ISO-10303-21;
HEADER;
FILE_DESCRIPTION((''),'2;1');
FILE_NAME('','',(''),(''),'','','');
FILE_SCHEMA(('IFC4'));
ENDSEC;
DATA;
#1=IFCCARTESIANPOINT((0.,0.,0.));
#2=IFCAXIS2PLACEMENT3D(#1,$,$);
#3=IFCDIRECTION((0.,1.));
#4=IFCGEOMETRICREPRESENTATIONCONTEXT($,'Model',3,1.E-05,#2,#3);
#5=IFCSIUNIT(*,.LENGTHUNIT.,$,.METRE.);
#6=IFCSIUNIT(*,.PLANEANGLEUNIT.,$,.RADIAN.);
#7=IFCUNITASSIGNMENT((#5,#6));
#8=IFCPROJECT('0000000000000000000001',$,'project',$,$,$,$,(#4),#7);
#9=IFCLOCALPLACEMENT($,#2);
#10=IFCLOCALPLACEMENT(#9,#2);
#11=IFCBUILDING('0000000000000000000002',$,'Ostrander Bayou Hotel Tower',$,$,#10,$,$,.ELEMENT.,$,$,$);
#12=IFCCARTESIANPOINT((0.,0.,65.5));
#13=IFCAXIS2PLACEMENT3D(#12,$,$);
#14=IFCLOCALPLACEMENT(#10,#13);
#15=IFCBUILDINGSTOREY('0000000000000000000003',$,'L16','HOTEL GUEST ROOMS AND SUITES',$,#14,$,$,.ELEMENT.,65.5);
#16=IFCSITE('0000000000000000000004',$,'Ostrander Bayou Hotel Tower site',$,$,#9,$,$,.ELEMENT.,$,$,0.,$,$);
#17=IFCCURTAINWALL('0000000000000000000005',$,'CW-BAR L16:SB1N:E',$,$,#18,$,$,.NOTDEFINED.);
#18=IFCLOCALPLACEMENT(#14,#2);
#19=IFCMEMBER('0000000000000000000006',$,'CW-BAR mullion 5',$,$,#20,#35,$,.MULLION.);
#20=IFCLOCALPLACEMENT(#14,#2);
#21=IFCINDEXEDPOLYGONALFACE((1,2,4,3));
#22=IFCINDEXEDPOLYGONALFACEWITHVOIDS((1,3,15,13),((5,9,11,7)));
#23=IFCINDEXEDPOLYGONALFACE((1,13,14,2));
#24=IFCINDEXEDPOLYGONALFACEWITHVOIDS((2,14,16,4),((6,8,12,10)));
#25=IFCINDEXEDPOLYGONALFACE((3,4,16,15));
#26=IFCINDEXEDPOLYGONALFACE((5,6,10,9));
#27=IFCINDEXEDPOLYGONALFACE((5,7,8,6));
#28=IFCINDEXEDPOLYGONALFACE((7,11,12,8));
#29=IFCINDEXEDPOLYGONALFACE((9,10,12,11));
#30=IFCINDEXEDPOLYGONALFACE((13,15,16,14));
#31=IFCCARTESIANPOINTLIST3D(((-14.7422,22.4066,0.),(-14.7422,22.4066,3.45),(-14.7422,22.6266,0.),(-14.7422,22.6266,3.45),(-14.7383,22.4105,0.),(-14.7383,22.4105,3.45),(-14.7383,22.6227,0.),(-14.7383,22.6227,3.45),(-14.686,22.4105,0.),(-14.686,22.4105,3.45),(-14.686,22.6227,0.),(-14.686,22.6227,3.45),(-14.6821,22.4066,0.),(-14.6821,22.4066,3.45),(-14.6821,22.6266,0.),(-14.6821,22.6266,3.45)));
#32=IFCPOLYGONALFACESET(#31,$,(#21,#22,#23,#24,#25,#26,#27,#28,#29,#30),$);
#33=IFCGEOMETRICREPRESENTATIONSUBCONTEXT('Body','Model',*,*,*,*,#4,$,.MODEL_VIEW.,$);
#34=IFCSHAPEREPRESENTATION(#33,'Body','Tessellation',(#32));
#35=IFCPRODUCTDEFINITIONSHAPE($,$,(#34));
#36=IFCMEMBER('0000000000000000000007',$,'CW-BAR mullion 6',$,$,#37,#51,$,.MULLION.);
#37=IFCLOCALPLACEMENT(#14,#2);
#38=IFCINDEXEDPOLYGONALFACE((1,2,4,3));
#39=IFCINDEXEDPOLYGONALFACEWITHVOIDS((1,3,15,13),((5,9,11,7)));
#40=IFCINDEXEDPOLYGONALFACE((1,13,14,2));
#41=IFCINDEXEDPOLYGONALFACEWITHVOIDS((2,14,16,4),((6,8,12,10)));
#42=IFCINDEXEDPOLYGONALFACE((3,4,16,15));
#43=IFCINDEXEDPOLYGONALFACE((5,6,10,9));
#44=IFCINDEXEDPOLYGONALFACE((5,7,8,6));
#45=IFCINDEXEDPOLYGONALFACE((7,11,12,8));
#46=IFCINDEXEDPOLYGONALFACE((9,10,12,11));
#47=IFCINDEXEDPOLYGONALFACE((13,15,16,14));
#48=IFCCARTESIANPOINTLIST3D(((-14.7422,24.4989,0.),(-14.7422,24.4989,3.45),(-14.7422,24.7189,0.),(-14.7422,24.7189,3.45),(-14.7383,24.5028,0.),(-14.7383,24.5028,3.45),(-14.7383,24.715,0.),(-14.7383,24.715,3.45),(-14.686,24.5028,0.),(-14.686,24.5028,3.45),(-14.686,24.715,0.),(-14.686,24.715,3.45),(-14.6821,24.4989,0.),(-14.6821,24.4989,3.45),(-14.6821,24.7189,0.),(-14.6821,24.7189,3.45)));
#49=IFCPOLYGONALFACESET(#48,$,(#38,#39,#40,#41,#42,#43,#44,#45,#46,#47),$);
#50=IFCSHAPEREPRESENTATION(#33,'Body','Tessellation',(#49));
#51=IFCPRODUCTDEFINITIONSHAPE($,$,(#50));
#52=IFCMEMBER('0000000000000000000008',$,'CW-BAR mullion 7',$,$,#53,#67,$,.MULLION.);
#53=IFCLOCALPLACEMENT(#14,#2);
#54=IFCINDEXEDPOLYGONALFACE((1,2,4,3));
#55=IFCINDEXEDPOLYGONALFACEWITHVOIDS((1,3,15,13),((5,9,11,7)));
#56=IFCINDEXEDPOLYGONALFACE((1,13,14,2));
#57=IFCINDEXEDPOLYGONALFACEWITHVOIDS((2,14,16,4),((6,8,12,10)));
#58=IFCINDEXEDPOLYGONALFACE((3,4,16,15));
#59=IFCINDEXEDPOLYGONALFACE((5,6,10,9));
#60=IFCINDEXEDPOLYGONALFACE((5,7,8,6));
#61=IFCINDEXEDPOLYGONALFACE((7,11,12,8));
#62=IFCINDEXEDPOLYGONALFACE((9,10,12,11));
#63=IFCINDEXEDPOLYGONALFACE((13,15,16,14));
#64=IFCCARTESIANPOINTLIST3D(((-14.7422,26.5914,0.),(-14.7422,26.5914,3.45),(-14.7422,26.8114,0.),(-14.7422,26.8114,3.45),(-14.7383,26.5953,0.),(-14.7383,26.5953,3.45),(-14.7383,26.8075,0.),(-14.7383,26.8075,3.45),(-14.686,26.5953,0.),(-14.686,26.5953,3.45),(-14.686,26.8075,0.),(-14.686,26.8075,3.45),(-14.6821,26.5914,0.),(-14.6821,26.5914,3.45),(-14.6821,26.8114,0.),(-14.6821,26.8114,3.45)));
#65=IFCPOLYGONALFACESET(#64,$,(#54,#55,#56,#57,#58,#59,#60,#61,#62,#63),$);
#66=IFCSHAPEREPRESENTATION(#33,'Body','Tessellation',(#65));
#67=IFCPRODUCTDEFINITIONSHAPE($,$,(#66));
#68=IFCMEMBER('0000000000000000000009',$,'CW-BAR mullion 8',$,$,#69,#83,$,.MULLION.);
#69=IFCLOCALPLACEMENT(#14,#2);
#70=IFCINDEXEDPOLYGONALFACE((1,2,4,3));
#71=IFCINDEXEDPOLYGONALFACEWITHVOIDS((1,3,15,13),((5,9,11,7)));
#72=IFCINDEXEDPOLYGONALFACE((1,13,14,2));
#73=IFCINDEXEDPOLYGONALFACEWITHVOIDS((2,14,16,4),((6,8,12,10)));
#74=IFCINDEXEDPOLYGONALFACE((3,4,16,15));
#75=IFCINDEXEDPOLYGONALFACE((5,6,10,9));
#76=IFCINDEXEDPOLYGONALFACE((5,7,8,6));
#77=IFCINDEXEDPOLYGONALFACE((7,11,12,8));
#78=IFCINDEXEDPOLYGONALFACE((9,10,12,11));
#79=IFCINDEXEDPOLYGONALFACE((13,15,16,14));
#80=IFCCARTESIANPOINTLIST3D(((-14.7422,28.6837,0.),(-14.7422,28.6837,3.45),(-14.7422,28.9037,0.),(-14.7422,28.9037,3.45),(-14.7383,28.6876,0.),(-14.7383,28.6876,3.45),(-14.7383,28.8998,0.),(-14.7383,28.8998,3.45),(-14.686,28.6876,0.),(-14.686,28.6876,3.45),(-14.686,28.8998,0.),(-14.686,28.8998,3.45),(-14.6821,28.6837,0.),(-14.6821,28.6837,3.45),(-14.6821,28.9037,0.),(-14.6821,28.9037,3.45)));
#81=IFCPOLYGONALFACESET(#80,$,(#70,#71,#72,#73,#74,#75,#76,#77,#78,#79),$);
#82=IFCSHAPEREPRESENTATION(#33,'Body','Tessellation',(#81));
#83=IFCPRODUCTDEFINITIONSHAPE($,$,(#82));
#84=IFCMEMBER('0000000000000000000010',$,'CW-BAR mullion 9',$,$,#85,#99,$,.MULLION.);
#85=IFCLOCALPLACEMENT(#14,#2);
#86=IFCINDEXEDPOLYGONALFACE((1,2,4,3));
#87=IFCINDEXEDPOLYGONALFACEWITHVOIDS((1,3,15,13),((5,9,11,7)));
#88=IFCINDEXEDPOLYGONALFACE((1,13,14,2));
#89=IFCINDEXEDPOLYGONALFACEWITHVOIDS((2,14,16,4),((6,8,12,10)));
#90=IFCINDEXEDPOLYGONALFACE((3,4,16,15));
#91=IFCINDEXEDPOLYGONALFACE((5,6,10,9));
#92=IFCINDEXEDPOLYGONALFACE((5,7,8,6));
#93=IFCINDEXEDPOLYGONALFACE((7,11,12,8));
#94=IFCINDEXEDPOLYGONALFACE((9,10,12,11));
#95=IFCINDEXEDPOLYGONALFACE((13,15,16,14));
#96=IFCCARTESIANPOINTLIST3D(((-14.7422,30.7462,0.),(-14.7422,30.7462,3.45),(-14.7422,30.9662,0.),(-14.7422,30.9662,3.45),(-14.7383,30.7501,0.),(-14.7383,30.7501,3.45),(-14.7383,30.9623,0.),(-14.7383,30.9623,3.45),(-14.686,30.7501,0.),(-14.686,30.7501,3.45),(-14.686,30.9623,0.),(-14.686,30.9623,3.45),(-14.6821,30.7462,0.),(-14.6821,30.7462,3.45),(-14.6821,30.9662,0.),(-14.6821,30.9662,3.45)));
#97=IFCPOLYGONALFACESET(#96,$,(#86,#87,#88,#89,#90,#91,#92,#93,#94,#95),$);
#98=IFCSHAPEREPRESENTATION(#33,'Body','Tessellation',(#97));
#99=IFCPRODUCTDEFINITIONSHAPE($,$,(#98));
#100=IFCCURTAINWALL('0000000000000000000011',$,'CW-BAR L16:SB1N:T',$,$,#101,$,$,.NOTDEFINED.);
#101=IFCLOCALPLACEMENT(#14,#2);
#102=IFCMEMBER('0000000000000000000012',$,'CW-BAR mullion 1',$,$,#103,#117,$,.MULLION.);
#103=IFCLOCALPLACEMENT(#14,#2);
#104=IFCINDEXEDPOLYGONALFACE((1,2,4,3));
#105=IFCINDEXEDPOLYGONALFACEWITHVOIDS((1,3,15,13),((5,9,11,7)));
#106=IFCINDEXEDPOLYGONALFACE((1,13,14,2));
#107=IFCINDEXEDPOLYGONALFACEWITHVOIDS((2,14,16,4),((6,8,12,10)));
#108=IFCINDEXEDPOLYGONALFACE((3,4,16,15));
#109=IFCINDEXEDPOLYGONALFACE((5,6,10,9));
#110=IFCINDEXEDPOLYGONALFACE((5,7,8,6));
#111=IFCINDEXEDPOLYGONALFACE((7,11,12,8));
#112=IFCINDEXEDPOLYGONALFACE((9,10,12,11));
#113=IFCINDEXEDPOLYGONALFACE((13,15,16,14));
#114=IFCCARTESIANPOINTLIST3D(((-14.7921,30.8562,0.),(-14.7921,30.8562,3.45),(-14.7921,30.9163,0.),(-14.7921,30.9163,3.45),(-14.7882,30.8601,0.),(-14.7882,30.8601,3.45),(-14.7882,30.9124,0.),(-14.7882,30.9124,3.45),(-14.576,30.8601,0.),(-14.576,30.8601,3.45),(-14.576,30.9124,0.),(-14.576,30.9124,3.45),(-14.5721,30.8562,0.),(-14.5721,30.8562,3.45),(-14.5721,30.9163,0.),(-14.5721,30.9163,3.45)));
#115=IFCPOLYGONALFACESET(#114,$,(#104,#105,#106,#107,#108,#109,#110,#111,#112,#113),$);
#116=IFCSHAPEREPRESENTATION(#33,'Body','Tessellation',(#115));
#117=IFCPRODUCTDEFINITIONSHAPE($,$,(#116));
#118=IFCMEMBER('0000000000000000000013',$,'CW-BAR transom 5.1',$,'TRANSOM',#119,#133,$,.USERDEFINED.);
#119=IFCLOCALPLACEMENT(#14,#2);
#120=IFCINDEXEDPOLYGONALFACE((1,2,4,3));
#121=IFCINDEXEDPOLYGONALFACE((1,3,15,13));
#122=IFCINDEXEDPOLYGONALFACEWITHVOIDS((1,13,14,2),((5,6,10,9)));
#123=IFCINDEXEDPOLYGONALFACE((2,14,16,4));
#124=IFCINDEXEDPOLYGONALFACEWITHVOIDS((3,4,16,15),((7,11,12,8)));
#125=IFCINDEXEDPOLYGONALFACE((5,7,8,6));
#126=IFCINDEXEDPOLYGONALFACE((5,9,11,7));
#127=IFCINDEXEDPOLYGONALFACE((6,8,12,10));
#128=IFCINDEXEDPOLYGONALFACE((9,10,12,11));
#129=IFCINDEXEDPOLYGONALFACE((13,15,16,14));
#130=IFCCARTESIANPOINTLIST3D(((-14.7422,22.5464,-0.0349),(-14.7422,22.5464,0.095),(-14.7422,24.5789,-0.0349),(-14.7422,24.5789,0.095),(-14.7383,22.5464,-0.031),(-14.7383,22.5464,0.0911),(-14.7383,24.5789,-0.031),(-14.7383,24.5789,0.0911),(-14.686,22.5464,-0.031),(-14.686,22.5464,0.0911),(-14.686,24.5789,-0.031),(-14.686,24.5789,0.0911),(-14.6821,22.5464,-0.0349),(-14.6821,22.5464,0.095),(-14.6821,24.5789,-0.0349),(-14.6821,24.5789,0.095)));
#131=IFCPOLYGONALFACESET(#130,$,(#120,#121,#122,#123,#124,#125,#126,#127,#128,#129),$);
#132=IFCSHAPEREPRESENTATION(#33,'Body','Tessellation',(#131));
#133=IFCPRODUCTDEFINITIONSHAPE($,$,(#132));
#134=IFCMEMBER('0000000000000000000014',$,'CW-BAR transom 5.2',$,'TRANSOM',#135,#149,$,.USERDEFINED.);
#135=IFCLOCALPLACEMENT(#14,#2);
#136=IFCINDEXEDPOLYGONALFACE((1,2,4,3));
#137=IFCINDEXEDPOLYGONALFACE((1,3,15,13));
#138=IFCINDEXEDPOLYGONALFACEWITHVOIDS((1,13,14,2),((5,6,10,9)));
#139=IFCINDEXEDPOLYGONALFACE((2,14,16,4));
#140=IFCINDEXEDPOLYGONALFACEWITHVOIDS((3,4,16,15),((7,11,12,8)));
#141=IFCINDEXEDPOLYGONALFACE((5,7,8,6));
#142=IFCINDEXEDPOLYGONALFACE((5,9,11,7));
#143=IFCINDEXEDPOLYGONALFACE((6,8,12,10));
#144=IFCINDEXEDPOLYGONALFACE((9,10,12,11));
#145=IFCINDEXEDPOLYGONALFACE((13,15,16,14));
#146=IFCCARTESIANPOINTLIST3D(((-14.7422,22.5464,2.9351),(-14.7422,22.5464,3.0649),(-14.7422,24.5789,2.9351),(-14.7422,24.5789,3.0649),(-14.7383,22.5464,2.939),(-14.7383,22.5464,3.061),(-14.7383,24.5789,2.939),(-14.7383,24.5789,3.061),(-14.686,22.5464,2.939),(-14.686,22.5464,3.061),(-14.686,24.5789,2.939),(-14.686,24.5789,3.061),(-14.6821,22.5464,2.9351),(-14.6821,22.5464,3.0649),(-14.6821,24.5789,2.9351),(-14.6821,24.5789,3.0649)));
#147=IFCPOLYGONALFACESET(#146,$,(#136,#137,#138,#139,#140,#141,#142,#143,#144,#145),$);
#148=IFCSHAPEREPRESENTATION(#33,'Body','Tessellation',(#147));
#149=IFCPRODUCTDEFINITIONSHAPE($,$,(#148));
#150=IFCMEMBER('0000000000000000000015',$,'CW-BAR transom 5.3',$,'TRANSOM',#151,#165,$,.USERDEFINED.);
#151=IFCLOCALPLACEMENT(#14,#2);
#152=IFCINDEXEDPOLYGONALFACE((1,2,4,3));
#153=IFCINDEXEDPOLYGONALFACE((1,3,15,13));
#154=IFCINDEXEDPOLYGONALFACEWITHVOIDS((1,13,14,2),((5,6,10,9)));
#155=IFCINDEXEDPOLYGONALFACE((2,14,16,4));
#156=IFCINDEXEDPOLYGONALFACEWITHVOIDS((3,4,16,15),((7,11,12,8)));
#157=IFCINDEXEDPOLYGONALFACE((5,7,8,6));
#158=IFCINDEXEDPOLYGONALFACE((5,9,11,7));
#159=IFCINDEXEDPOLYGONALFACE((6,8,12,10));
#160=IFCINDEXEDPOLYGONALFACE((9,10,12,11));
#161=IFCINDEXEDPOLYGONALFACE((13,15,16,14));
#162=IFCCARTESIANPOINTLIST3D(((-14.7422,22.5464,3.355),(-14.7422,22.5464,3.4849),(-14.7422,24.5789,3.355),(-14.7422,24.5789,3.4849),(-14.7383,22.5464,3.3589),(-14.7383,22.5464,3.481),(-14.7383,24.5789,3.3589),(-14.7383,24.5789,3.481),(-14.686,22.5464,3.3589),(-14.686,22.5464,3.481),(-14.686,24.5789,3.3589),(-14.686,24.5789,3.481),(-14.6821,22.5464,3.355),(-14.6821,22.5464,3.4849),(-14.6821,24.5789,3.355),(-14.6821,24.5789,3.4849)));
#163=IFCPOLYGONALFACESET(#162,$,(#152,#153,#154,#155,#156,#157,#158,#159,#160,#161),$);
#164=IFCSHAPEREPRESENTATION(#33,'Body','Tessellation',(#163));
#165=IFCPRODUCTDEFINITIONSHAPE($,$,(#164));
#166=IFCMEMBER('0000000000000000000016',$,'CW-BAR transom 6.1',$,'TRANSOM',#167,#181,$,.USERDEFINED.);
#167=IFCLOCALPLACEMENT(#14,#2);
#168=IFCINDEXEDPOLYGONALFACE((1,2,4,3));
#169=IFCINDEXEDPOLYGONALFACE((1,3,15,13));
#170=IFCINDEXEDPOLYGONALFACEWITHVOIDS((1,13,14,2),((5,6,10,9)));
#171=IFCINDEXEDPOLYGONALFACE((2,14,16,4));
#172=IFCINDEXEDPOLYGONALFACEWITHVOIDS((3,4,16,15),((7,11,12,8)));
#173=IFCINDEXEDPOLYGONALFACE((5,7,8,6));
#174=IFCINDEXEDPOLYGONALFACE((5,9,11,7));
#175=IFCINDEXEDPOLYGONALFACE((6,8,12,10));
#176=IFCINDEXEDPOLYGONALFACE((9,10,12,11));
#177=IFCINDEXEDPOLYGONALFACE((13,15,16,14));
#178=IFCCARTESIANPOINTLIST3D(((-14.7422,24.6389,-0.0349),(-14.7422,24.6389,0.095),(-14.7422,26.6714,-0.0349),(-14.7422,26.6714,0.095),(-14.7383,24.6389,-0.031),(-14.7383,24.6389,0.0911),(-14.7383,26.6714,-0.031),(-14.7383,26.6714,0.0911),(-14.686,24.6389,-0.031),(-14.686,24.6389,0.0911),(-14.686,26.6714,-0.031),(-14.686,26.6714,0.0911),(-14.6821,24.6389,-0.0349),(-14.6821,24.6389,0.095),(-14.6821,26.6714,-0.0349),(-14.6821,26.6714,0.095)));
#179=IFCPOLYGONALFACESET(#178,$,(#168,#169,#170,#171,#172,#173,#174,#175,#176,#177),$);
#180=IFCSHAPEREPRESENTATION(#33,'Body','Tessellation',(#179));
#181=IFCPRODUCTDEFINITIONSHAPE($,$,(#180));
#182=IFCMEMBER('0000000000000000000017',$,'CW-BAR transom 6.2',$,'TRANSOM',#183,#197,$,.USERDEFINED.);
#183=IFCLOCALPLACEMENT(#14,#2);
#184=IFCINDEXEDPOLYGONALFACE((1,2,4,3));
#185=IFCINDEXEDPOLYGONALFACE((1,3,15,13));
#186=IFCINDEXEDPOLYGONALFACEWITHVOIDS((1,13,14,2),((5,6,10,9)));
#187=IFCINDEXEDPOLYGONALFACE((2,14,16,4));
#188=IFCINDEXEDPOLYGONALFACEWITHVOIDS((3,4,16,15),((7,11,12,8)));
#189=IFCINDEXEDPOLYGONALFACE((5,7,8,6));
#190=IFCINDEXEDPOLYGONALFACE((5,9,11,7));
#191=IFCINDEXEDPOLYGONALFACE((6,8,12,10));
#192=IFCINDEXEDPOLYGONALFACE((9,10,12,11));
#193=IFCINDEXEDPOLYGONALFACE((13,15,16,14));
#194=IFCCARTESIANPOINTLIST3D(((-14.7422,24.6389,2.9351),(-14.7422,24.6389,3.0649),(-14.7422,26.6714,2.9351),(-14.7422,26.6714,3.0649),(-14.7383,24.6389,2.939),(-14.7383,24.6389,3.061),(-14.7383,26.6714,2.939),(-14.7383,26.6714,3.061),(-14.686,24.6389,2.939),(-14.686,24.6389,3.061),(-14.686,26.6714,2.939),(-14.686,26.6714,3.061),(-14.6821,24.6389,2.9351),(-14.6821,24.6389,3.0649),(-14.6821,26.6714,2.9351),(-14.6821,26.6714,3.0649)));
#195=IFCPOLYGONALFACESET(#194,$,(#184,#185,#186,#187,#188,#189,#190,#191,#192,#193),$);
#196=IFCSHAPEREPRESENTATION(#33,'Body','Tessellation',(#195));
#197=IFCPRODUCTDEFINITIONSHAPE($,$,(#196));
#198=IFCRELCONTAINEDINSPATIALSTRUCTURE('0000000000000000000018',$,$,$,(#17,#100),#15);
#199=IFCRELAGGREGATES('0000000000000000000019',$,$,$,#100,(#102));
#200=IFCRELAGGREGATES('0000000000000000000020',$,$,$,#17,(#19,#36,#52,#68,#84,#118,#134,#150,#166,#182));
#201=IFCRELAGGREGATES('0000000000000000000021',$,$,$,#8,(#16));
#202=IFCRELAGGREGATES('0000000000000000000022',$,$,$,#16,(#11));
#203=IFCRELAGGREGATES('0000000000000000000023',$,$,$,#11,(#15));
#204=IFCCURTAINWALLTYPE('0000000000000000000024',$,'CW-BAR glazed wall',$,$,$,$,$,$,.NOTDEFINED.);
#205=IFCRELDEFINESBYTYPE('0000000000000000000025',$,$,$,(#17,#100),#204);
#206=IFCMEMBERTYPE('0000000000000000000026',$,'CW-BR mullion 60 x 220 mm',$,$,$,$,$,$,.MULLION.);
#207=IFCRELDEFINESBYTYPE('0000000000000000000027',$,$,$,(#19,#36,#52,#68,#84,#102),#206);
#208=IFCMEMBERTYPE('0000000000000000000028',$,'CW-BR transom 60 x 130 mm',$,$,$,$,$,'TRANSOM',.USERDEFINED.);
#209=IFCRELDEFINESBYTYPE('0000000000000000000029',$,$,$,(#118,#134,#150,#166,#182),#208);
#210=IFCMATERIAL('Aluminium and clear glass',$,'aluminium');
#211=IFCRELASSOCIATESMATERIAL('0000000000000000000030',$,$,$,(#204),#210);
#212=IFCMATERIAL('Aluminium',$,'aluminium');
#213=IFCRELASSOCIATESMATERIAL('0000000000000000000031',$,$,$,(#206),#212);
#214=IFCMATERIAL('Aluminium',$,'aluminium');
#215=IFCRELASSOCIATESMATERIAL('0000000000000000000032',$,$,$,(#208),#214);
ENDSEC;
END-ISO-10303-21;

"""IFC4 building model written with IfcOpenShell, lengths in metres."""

from ifc_helpers import new_model, si_unit, direction, frame, origin, origin_2d, place, context, subcontext, project, spatial, hollow_rectangle, extrude, material, material_profile, profile_set, type_object, element, aggregate, save


model = new_model("IFC4")

# Units and contexts
model_context = context("Model", 3, precision=1e-05, world=origin(), true_north=direction((0.0, 1.0)))
body_context = subcontext(model_context, "Body", "Model", "MODEL_VIEW")
ifc_project = project(units=[si_unit("LENGTHUNIT", "METRE"), si_unit("PLANEANGLEUNIT", "RADIAN")], contexts=[model_context])

# Site, building, storey
site_placement = place(None, origin())
site = spatial("IfcSite", under=ifc_project, at=site_placement, Name="Ostrander Bayou Hotel Tower site", CompositionType="ELEMENT", RefElevation=0.0)
building_placement = place(site_placement, origin())
building = spatial("IfcBuilding", under=site, at=building_placement, Name="Ostrander Bayou Hotel Tower", CompositionType="ELEMENT")
storey_placement = place(building_placement, frame((0.0, 0.0, 65.5)))
storey = spatial("IfcBuildingStorey", under=building, at=storey_placement, Name="L16", Description="HOTEL GUEST ROOMS AND SUITES", CompositionType="ELEMENT", Elevation=65.5)

# Curtain wall, members
ifc_material_1 = material(Name="Aluminium and clear glass", Category="aluminium")
curtain_wall_type = type_object("IfcCurtainWallType", Name="CW-BAR glazed wall", PredefinedType="NOTDEFINED", material=ifc_material_1)
curtain_wall_1_placement = place(storey_placement, origin())
curtain_wall_1 = element("IfcCurtainWall", 1, at=curtain_wall_1_placement, inside=storey, type_object=curtain_wall_type, Name="CW-BAR L16:SB1N:E", PredefinedType="NOTDEFINED")
ifc_material_2 = material(Name="Aluminium", Category="aluminium")
ifc_material_profile_1 = material_profile(ifc_material_2, hollow_rectangle(XDim=0.0601, YDim=0.22, WallThickness=0.0039, at=origin_2d()))
ifc_profile_set_1 = profile_set([ifc_material_profile_1], Name="Aluminium")
member_type_1 = type_object("IfcMemberType", Name="CW-BR mullion 60 x 220 mm", PredefinedType="MULLION", material=ifc_profile_set_1)
member_1_placement = place(storey_placement, frame((-14.7122, 22.5166, 0.0), z_axis=(0.0, 0.0, 1.0), x_axis=(-1.0, 0.0, 0.0)))
member_1 = element("IfcMember", 2, at=member_1_placement, type_object=member_type_1, Name="CW-BAR mullion 5", PredefinedType="MULLION", context=body_context, shape_type="SweptSolid", body=[
    extrude(hollow_rectangle(XDim=0.0601, YDim=0.22, WallThickness=0.0039, at=origin_2d()), origin(), (0.0, 0.0, 1.0), 3.45),
])
member_2_placement = place(storey_placement, frame((-14.7122, 24.6089, 0.0), z_axis=(0.0, 0.0, 1.0), x_axis=(-1.0, 0.0, 0.0)))
member_2 = element("IfcMember", 3, at=member_2_placement, type_object=member_type_1, Name="CW-BAR mullion 6", PredefinedType="MULLION", context=body_context, shape_type="SweptSolid", body=[
    extrude(hollow_rectangle(XDim=0.0601, YDim=0.22, WallThickness=0.0039, at=origin_2d()), origin(), (0.0, 0.0, 1.0), 3.45),
])
member_3_placement = place(storey_placement, frame((-14.7122, 26.7014, 0.0), z_axis=(0.0, 0.0, 1.0), x_axis=(-1.0, 0.0, 0.0)))
member_3 = element("IfcMember", 4, at=member_3_placement, type_object=member_type_1, Name="CW-BAR mullion 7", PredefinedType="MULLION", context=body_context, shape_type="SweptSolid", body=[
    extrude(hollow_rectangle(XDim=0.0601, YDim=0.22, WallThickness=0.0039, at=origin_2d()), origin(), (0.0, 0.0, 1.0), 3.45),
])
member_4_placement = place(storey_placement, frame((-14.7122, 28.7937, 0.0), z_axis=(0.0, 0.0, 1.0), x_axis=(-1.0, 0.0, 0.0)))
member_4 = element("IfcMember", 5, at=member_4_placement, type_object=member_type_1, Name="CW-BAR mullion 8", PredefinedType="MULLION", context=body_context, shape_type="SweptSolid", body=[
    extrude(hollow_rectangle(XDim=0.0601, YDim=0.22, WallThickness=0.0039, at=origin_2d()), origin(), (0.0, 0.0, 1.0), 3.45),
])
member_5_placement = place(storey_placement, frame((-14.7122, 30.8562, 0.0), z_axis=(0.0, 0.0, 1.0), x_axis=(-1.0, 0.0, 0.0)))
member_5 = element("IfcMember", 6, at=member_5_placement, type_object=member_type_1, Name="CW-BAR mullion 9", PredefinedType="MULLION", context=body_context, shape_type="SweptSolid", body=[
    extrude(hollow_rectangle(XDim=0.0601, YDim=0.22, WallThickness=0.0039, at=origin_2d()), origin(), (0.0, 0.0, 1.0), 3.45),
])

# Curtain wall, member
curtain_wall_2_placement = place(storey_placement, origin())
curtain_wall_2 = element("IfcCurtainWall", 7, at=curtain_wall_2_placement, inside=storey, type_object=curtain_wall_type, Name="CW-BAR L16:SB1N:T", PredefinedType="NOTDEFINED")
member_6_placement = place(storey_placement, frame((-14.6821, 30.8862, 0.0), z_axis=(0.0, 0.0, 1.0), x_axis=(0.0, 1.0, 0.0)))
member_6 = element("IfcMember", 8, at=member_6_placement, type_object=member_type_1, Name="CW-BAR mullion 1", PredefinedType="MULLION", context=body_context, shape_type="SweptSolid", body=[
    extrude(hollow_rectangle(XDim=0.0601, YDim=0.22, WallThickness=0.0039, at=origin_2d()), origin(), (0.0, 0.0, 1.0), 3.45),
])

# Members
ifc_material_3 = material(Name="Aluminium", Category="aluminium")
ifc_material_profile_2 = material_profile(ifc_material_3, hollow_rectangle(XDim=0.0601, YDim=0.1299, WallThickness=0.0039, at=origin_2d()))
ifc_profile_set_2 = profile_set([ifc_material_profile_2], Name="Aluminium")
member_type_2 = type_object("IfcMemberType", Name="CW-BR transom 60 x 130 mm", ElementType="TRANSOM", PredefinedType="USERDEFINED", material=ifc_profile_set_2)
member_7_placement = place(storey_placement, frame((-14.7122, 22.5464, 0.03), z_axis=(0.0, 1.0, 0.0), x_axis=(-1.0, 0.0, 0.0)))
member_7 = element("IfcMember", 9, at=member_7_placement, type_object=member_type_2, Name="CW-BAR transom 5.1", ObjectType="TRANSOM", PredefinedType="USERDEFINED", context=body_context, shape_type="SweptSolid", body=[
    extrude(hollow_rectangle(XDim=0.0601, YDim=0.1299, WallThickness=0.0039, at=origin_2d()), origin(), (0.0, 0.0, 1.0), 2.0325),
])
member_8_placement = place(storey_placement, frame((-14.7122, 22.5464, 3.0), z_axis=(0.0, 1.0, 0.0), x_axis=(-1.0, 0.0, 0.0)))
member_8 = element("IfcMember", 10, at=member_8_placement, type_object=member_type_2, Name="CW-BAR transom 5.2", ObjectType="TRANSOM", PredefinedType="USERDEFINED", context=body_context, shape_type="SweptSolid", body=[
    extrude(hollow_rectangle(XDim=0.0601, YDim=0.1299, WallThickness=0.0039, at=origin_2d()), origin(), (0.0, 0.0, 1.0), 2.0325),
])
member_9_placement = place(storey_placement, frame((-14.7122, 22.5464, 3.4199), z_axis=(0.0, 1.0, 0.0), x_axis=(-1.0, 0.0, 0.0)))
member_9 = element("IfcMember", 11, at=member_9_placement, type_object=member_type_2, Name="CW-BAR transom 5.3", ObjectType="TRANSOM", PredefinedType="USERDEFINED", context=body_context, shape_type="SweptSolid", body=[
    extrude(hollow_rectangle(XDim=0.0601, YDim=0.1299, WallThickness=0.0039, at=origin_2d()), origin(), (0.0, 0.0, 1.0), 2.0325),
])
member_10_placement = place(storey_placement, frame((-14.7122, 24.6389, 0.03), z_axis=(0.0, 1.0, 0.0), x_axis=(-1.0, 0.0, 0.0)))
member_10 = element("IfcMember", 12, at=member_10_placement, type_object=member_type_2, Name="CW-BAR transom 6.1", ObjectType="TRANSOM", PredefinedType="USERDEFINED", context=body_context, shape_type="SweptSolid", body=[
    extrude(hollow_rectangle(XDim=0.0601, YDim=0.1299, WallThickness=0.0039, at=origin_2d()), origin(), (0.0, 0.0, 1.0), 2.0325),
])
member_11_placement = place(storey_placement, frame((-14.7122, 24.6389, 3.0), z_axis=(0.0, 1.0, 0.0), x_axis=(-1.0, 0.0, 0.0)))
member_11 = element("IfcMember", 13, at=member_11_placement, type_object=member_type_2, Name="CW-BAR transom 6.2", ObjectType="TRANSOM", PredefinedType="USERDEFINED", context=body_context, shape_type="SweptSolid", body=[
    extrude(hollow_rectangle(XDim=0.0601, YDim=0.1299, WallThickness=0.0039, at=origin_2d()), origin(), (0.0, 0.0, 1.0), 2.0325),
])
aggregate(curtain_wall_2, [member_6])

aggregate(curtain_wall_1, [member_1, member_2, member_3, member_4, member_5, member_7, member_8, member_9, member_10, member_11])

save(model, "model.ifc")
